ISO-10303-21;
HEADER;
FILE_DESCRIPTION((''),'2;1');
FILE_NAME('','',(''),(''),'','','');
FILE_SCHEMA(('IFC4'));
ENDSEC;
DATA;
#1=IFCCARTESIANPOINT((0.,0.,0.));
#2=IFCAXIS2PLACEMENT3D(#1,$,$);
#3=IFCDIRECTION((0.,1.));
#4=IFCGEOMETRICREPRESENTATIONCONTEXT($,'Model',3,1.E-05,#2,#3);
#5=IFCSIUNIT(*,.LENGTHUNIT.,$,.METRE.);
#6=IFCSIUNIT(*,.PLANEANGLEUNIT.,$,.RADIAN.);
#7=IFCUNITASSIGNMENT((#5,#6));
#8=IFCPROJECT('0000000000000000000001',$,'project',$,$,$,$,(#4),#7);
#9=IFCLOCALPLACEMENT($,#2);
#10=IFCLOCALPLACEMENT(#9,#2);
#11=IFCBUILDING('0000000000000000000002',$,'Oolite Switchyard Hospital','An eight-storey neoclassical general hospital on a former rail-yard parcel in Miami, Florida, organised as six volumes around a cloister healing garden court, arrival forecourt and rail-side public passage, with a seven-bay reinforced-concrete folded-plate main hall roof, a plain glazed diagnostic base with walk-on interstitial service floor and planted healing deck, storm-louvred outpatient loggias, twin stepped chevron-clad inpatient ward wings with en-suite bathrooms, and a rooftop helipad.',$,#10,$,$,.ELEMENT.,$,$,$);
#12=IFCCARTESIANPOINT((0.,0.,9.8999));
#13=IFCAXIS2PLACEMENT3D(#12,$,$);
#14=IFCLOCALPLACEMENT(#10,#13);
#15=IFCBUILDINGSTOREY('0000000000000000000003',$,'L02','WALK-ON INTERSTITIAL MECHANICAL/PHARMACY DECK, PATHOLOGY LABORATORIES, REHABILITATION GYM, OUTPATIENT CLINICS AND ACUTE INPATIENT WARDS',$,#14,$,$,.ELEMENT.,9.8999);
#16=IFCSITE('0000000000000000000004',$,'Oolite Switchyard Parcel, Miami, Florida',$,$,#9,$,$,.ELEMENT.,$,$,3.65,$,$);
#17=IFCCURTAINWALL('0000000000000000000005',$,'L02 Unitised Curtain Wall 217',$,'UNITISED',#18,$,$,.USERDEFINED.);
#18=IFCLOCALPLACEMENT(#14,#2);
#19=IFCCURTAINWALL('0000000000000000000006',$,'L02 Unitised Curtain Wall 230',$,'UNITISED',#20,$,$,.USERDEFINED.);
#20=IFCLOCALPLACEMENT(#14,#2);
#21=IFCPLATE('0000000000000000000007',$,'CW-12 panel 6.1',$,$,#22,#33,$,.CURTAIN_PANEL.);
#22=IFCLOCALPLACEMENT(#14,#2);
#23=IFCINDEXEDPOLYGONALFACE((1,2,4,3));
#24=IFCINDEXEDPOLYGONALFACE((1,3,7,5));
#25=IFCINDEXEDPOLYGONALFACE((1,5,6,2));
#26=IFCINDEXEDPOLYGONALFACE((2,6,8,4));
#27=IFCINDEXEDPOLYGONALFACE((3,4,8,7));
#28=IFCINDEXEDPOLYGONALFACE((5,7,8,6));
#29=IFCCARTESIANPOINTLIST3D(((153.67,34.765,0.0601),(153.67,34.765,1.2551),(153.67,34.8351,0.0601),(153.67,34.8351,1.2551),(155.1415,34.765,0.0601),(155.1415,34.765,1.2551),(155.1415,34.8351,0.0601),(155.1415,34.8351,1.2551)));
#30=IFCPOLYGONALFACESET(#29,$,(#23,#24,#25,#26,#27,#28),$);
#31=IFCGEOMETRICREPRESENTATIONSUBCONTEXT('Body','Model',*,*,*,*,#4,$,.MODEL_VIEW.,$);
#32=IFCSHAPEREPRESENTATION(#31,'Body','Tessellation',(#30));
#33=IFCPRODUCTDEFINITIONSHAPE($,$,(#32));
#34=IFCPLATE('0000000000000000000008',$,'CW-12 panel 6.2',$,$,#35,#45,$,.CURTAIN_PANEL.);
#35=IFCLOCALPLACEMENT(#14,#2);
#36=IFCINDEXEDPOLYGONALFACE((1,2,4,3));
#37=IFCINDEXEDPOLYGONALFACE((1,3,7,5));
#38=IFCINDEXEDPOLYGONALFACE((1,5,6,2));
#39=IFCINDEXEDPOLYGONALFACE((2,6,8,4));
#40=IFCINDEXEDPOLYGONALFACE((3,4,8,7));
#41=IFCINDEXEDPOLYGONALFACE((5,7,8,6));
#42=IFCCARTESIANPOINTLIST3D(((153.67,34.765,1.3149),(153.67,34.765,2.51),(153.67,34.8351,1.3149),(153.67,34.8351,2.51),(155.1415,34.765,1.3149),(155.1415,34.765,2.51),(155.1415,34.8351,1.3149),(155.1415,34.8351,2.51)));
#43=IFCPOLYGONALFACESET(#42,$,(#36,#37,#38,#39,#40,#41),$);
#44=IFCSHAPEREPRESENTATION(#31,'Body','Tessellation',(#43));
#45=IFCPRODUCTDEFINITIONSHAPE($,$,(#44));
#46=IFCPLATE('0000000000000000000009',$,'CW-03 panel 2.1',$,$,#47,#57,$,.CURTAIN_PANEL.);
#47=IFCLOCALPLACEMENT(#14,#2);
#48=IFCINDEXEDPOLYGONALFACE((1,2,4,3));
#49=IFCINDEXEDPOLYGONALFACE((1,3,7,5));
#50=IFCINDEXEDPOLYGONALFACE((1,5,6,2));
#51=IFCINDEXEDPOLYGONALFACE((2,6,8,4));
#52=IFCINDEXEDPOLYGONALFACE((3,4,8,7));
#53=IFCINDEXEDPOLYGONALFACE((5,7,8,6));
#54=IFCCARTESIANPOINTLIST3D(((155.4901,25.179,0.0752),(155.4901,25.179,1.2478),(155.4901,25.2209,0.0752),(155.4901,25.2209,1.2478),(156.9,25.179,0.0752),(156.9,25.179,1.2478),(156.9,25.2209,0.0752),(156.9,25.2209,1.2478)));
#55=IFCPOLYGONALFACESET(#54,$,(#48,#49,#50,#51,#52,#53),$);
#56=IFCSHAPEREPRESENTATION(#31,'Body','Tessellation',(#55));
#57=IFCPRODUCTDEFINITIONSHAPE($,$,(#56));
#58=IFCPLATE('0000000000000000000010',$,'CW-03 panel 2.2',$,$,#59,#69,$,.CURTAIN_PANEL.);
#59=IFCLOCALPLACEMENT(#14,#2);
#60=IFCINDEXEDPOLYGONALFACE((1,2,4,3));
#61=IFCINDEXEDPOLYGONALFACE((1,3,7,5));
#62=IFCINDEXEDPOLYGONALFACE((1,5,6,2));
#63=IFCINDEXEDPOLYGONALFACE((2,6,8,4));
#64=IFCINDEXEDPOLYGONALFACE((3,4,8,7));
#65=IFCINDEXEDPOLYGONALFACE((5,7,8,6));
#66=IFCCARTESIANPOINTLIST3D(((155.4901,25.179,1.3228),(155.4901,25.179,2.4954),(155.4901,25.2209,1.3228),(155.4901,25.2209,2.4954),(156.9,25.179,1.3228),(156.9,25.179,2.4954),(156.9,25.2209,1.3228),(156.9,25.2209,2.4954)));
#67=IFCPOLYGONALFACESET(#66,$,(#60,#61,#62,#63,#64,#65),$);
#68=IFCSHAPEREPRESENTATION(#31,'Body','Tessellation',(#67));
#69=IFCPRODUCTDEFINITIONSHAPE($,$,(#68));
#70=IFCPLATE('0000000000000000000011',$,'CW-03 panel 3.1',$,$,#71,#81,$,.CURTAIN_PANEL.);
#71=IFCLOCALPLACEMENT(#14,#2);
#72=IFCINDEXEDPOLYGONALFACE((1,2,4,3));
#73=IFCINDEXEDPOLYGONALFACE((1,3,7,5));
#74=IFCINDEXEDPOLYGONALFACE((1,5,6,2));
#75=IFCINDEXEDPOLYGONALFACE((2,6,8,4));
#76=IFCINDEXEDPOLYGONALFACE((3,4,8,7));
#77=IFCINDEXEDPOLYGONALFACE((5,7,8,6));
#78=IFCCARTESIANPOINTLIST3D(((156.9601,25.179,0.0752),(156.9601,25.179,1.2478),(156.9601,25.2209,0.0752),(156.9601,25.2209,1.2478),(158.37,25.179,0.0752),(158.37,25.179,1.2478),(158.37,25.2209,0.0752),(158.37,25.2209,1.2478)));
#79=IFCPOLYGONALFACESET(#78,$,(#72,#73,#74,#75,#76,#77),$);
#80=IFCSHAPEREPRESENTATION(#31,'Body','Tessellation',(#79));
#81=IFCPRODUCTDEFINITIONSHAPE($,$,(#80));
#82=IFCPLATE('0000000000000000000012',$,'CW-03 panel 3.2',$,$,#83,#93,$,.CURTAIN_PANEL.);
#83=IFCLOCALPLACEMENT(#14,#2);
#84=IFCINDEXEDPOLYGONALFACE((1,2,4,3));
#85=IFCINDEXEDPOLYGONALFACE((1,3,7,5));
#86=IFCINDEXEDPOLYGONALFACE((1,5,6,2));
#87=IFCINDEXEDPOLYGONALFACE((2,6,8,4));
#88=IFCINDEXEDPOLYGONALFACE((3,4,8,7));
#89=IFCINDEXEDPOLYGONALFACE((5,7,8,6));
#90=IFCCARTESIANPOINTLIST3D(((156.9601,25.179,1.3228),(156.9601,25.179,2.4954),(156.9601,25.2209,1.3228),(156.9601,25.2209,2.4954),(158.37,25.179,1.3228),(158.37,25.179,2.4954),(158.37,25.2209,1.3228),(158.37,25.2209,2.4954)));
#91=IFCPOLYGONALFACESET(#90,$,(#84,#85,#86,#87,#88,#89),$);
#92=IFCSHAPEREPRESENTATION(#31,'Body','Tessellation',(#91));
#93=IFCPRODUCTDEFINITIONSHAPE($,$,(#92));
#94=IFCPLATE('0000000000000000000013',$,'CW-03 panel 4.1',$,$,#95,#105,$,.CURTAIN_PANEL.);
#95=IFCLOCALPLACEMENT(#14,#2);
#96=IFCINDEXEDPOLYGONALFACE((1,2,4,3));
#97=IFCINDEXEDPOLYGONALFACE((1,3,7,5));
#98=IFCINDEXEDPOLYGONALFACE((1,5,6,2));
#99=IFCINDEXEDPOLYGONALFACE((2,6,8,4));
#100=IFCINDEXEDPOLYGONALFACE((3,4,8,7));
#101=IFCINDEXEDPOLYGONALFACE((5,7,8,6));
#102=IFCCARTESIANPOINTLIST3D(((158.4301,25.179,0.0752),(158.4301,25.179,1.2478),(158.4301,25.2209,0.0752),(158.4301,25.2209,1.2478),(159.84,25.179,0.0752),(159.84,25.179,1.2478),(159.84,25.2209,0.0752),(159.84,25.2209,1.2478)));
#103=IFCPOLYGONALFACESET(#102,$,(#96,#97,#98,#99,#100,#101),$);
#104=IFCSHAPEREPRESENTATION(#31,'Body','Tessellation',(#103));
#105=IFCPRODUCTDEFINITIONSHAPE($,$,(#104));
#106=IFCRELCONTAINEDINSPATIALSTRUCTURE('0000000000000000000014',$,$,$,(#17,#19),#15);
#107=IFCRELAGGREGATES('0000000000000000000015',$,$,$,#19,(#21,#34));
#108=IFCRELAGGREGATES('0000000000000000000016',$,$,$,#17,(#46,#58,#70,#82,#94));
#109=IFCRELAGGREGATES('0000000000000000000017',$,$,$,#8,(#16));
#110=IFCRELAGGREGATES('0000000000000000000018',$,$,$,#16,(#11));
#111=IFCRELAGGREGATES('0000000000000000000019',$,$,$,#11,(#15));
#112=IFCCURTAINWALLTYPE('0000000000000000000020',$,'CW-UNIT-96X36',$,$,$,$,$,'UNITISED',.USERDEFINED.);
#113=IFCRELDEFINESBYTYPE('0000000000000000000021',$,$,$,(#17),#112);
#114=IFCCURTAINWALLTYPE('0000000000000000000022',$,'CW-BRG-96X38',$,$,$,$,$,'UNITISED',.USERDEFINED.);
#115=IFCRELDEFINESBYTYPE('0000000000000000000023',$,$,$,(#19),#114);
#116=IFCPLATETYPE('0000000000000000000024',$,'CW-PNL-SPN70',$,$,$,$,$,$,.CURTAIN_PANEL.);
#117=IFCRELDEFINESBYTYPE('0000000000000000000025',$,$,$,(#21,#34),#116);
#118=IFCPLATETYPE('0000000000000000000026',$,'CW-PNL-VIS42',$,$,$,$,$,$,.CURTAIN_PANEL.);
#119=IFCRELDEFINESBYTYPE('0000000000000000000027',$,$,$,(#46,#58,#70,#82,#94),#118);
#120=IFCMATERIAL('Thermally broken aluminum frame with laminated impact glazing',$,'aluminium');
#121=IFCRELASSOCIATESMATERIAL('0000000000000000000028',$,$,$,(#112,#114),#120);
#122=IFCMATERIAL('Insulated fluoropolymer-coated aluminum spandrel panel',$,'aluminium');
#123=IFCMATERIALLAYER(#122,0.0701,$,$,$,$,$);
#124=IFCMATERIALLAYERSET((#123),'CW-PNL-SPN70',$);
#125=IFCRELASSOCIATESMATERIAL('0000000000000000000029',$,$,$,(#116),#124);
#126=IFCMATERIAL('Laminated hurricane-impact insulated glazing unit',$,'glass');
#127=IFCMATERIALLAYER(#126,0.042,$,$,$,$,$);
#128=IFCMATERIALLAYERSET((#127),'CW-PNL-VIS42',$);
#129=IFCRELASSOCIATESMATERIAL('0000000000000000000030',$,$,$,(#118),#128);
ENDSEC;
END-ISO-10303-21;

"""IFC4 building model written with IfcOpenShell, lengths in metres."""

from ifc_helpers import new_model, si_unit, direction, frame, origin, origin_2d, place, context, subcontext, project, spatial, rectangle, extrude, material, layer, layer_set, type_object, element, aggregate, save


model = new_model("IFC4")

# Units and contexts
model_context = context("Model", 3, precision=1e-05, world=origin(), true_north=direction((0.0, 1.0)))
body_context = subcontext(model_context, "Body", "Model", "MODEL_VIEW")
ifc_project = project(units=[si_unit("LENGTHUNIT", "METRE"), si_unit("PLANEANGLEUNIT", "RADIAN")], contexts=[model_context])

# Site, building, storey
site_placement = place(None, origin())
site = spatial("IfcSite", under=ifc_project, at=site_placement, Name="Oolite Switchyard Parcel, Miami, Florida", CompositionType="ELEMENT", RefElevation=3.65)
building_placement = place(site_placement, origin())
building = spatial("IfcBuilding", under=site, at=building_placement, Name="Oolite Switchyard Hospital", Description="An eight-storey neoclassical general hospital on a former rail-yard parcel in Miami, Florida, organised as six volumes around a cloister healing garden court, arrival forecourt and rail-side public passage, with a seven-bay reinforced-concrete folded-plate main hall roof, a plain glazed diagnostic base with walk-on interstitial service floor and planted healing deck, storm-louvred outpatient loggias, twin stepped chevron-clad inpatient ward wings with en-suite bathrooms, and a rooftop helipad.", CompositionType="ELEMENT")
storey_placement = place(building_placement, frame((0.0, 0.0, 9.8999)))
storey = spatial("IfcBuildingStorey", under=building, at=storey_placement, Name="L02", Description="WALK-ON INTERSTITIAL MECHANICAL/PHARMACY DECK, PATHOLOGY LABORATORIES, REHABILITATION GYM, OUTPATIENT CLINICS AND ACUTE INPATIENT WARDS", CompositionType="ELEMENT", Elevation=9.8999)

# Curtain walls
ifc_material_1 = material(Name="Thermally broken aluminum frame with laminated impact glazing", Category="aluminium")
curtain_wall_type_1 = type_object("IfcCurtainWallType", Name="CW-UNIT-96X36", ElementType="UNITISED", PredefinedType="USERDEFINED", material=ifc_material_1)
curtain_wall_1_placement = place(storey_placement, origin())
curtain_wall_1 = element("IfcCurtainWall", 1, at=curtain_wall_1_placement, inside=storey, type_object=curtain_wall_type_1, Name="L02 Unitised Curtain Wall 217", ObjectType="UNITISED", PredefinedType="USERDEFINED")
curtain_wall_type_2 = type_object("IfcCurtainWallType", Name="CW-BRG-96X38", ElementType="UNITISED", PredefinedType="USERDEFINED", material=ifc_material_1)
curtain_wall_2_placement = place(storey_placement, origin())
curtain_wall_2 = element("IfcCurtainWall", 2, at=curtain_wall_2_placement, inside=storey, type_object=curtain_wall_type_2, Name="L02 Unitised Curtain Wall 230", ObjectType="UNITISED", PredefinedType="USERDEFINED")

# Plates
ifc_material_2 = material(Name="Insulated fluoropolymer-coated aluminum spandrel panel", Category="aluminium")
ifc_layer_1 = layer(ifc_material_2, 0.0701)
ifc_layer_set_1 = layer_set([ifc_layer_1], Name="CW-PNL-SPN70")
plate_type_1 = type_object("IfcPlateType", Name="CW-PNL-SPN70", PredefinedType="CURTAIN_PANEL", material=ifc_layer_set_1)
plate_1_placement = place(storey_placement, frame((154.4058, 34.8, 0.0601), z_axis=(0.0, 0.0, 1.0), x_axis=(-1.0, 0.0, 0.0)))
plate_1 = element("IfcPlate", 3, at=plate_1_placement, type_object=plate_type_1, Name="CW-12 panel 6.1", PredefinedType="CURTAIN_PANEL", context=body_context, shape_type="SweptSolid", body=[
    extrude(rectangle(XDim=1.4714, YDim=0.0701, at=origin_2d()), origin(), (0.0, 0.0, 1.0), 1.1951),
])
plate_2_placement = place(storey_placement, frame((154.4058, 34.8, 1.3149), z_axis=(0.0, 0.0, 1.0), x_axis=(-1.0, 0.0, 0.0)))
plate_2 = element("IfcPlate", 4, at=plate_2_placement, type_object=plate_type_1, Name="CW-12 panel 6.2", PredefinedType="CURTAIN_PANEL", context=body_context, shape_type="SweptSolid", body=[
    extrude(rectangle(XDim=1.4714, YDim=0.0701, at=origin_2d()), origin(), (0.0, 0.0, 1.0), 1.1951),
])
aggregate(curtain_wall_2, [plate_1, plate_2])
ifc_material_3 = material(Name="Laminated hurricane-impact insulated glazing unit", Category="glass")
ifc_layer_2 = layer(ifc_material_3, 0.042)
ifc_layer_set_2 = layer_set([ifc_layer_2], Name="CW-PNL-VIS42")
plate_type_2 = type_object("IfcPlateType", Name="CW-PNL-VIS42", PredefinedType="CURTAIN_PANEL", material=ifc_layer_set_2)
plate_3_placement = place(storey_placement, frame((156.1951, 25.2, 0.0752), z_axis=(0.0, 0.0, 1.0), x_axis=(1.0, 0.0, 0.0)))
plate_3 = element("IfcPlate", 5, at=plate_3_placement, type_object=plate_type_2, Name="CW-03 panel 2.1", PredefinedType="CURTAIN_PANEL", context=body_context, shape_type="SweptSolid", body=[
    extrude(rectangle(XDim=1.4099, YDim=0.042, at=origin_2d()), origin(), (0.0, 0.0, 1.0), 1.1726),
])
plate_4_placement = place(storey_placement, frame((156.1951, 25.2, 1.3228), z_axis=(0.0, 0.0, 1.0), x_axis=(1.0, 0.0, 0.0)))
plate_4 = element("IfcPlate", 6, at=plate_4_placement, type_object=plate_type_2, Name="CW-03 panel 2.2", PredefinedType="CURTAIN_PANEL", context=body_context, shape_type="SweptSolid", body=[
    extrude(rectangle(XDim=1.4099, YDim=0.042, at=origin_2d()), origin(), (0.0, 0.0, 1.0), 1.1726),
])
plate_5_placement = place(storey_placement, frame((157.665, 25.2, 0.0752), z_axis=(0.0, 0.0, 1.0), x_axis=(1.0, 0.0, 0.0)))
plate_5 = element("IfcPlate", 7, at=plate_5_placement, type_object=plate_type_2, Name="CW-03 panel 3.1", PredefinedType="CURTAIN_PANEL", context=body_context, shape_type="SweptSolid", body=[
    extrude(rectangle(XDim=1.4099, YDim=0.042, at=origin_2d()), origin(), (0.0, 0.0, 1.0), 1.1726),
])
plate_6_placement = place(storey_placement, frame((157.665, 25.2, 1.3228), z_axis=(0.0, 0.0, 1.0), x_axis=(1.0, 0.0, 0.0)))
plate_6 = element("IfcPlate", 8, at=plate_6_placement, type_object=plate_type_2, Name="CW-03 panel 3.2", PredefinedType="CURTAIN_PANEL", context=body_context, shape_type="SweptSolid", body=[
    extrude(rectangle(XDim=1.4099, YDim=0.042, at=origin_2d()), origin(), (0.0, 0.0, 1.0), 1.1726),
])
plate_7_placement = place(storey_placement, frame((159.135, 25.2, 0.0752), z_axis=(0.0, 0.0, 1.0), x_axis=(1.0, 0.0, 0.0)))
plate_7 = element("IfcPlate", 9, at=plate_7_placement, type_object=plate_type_2, Name="CW-03 panel 4.1", PredefinedType="CURTAIN_PANEL", context=body_context, shape_type="SweptSolid", body=[
    extrude(rectangle(XDim=1.4099, YDim=0.042, at=origin_2d()), origin(), (0.0, 0.0, 1.0), 1.1726),
])
aggregate(curtain_wall_1, [plate_3, plate_4, plate_5, plate_6, plate_7])

save(model, "model.ifc")
